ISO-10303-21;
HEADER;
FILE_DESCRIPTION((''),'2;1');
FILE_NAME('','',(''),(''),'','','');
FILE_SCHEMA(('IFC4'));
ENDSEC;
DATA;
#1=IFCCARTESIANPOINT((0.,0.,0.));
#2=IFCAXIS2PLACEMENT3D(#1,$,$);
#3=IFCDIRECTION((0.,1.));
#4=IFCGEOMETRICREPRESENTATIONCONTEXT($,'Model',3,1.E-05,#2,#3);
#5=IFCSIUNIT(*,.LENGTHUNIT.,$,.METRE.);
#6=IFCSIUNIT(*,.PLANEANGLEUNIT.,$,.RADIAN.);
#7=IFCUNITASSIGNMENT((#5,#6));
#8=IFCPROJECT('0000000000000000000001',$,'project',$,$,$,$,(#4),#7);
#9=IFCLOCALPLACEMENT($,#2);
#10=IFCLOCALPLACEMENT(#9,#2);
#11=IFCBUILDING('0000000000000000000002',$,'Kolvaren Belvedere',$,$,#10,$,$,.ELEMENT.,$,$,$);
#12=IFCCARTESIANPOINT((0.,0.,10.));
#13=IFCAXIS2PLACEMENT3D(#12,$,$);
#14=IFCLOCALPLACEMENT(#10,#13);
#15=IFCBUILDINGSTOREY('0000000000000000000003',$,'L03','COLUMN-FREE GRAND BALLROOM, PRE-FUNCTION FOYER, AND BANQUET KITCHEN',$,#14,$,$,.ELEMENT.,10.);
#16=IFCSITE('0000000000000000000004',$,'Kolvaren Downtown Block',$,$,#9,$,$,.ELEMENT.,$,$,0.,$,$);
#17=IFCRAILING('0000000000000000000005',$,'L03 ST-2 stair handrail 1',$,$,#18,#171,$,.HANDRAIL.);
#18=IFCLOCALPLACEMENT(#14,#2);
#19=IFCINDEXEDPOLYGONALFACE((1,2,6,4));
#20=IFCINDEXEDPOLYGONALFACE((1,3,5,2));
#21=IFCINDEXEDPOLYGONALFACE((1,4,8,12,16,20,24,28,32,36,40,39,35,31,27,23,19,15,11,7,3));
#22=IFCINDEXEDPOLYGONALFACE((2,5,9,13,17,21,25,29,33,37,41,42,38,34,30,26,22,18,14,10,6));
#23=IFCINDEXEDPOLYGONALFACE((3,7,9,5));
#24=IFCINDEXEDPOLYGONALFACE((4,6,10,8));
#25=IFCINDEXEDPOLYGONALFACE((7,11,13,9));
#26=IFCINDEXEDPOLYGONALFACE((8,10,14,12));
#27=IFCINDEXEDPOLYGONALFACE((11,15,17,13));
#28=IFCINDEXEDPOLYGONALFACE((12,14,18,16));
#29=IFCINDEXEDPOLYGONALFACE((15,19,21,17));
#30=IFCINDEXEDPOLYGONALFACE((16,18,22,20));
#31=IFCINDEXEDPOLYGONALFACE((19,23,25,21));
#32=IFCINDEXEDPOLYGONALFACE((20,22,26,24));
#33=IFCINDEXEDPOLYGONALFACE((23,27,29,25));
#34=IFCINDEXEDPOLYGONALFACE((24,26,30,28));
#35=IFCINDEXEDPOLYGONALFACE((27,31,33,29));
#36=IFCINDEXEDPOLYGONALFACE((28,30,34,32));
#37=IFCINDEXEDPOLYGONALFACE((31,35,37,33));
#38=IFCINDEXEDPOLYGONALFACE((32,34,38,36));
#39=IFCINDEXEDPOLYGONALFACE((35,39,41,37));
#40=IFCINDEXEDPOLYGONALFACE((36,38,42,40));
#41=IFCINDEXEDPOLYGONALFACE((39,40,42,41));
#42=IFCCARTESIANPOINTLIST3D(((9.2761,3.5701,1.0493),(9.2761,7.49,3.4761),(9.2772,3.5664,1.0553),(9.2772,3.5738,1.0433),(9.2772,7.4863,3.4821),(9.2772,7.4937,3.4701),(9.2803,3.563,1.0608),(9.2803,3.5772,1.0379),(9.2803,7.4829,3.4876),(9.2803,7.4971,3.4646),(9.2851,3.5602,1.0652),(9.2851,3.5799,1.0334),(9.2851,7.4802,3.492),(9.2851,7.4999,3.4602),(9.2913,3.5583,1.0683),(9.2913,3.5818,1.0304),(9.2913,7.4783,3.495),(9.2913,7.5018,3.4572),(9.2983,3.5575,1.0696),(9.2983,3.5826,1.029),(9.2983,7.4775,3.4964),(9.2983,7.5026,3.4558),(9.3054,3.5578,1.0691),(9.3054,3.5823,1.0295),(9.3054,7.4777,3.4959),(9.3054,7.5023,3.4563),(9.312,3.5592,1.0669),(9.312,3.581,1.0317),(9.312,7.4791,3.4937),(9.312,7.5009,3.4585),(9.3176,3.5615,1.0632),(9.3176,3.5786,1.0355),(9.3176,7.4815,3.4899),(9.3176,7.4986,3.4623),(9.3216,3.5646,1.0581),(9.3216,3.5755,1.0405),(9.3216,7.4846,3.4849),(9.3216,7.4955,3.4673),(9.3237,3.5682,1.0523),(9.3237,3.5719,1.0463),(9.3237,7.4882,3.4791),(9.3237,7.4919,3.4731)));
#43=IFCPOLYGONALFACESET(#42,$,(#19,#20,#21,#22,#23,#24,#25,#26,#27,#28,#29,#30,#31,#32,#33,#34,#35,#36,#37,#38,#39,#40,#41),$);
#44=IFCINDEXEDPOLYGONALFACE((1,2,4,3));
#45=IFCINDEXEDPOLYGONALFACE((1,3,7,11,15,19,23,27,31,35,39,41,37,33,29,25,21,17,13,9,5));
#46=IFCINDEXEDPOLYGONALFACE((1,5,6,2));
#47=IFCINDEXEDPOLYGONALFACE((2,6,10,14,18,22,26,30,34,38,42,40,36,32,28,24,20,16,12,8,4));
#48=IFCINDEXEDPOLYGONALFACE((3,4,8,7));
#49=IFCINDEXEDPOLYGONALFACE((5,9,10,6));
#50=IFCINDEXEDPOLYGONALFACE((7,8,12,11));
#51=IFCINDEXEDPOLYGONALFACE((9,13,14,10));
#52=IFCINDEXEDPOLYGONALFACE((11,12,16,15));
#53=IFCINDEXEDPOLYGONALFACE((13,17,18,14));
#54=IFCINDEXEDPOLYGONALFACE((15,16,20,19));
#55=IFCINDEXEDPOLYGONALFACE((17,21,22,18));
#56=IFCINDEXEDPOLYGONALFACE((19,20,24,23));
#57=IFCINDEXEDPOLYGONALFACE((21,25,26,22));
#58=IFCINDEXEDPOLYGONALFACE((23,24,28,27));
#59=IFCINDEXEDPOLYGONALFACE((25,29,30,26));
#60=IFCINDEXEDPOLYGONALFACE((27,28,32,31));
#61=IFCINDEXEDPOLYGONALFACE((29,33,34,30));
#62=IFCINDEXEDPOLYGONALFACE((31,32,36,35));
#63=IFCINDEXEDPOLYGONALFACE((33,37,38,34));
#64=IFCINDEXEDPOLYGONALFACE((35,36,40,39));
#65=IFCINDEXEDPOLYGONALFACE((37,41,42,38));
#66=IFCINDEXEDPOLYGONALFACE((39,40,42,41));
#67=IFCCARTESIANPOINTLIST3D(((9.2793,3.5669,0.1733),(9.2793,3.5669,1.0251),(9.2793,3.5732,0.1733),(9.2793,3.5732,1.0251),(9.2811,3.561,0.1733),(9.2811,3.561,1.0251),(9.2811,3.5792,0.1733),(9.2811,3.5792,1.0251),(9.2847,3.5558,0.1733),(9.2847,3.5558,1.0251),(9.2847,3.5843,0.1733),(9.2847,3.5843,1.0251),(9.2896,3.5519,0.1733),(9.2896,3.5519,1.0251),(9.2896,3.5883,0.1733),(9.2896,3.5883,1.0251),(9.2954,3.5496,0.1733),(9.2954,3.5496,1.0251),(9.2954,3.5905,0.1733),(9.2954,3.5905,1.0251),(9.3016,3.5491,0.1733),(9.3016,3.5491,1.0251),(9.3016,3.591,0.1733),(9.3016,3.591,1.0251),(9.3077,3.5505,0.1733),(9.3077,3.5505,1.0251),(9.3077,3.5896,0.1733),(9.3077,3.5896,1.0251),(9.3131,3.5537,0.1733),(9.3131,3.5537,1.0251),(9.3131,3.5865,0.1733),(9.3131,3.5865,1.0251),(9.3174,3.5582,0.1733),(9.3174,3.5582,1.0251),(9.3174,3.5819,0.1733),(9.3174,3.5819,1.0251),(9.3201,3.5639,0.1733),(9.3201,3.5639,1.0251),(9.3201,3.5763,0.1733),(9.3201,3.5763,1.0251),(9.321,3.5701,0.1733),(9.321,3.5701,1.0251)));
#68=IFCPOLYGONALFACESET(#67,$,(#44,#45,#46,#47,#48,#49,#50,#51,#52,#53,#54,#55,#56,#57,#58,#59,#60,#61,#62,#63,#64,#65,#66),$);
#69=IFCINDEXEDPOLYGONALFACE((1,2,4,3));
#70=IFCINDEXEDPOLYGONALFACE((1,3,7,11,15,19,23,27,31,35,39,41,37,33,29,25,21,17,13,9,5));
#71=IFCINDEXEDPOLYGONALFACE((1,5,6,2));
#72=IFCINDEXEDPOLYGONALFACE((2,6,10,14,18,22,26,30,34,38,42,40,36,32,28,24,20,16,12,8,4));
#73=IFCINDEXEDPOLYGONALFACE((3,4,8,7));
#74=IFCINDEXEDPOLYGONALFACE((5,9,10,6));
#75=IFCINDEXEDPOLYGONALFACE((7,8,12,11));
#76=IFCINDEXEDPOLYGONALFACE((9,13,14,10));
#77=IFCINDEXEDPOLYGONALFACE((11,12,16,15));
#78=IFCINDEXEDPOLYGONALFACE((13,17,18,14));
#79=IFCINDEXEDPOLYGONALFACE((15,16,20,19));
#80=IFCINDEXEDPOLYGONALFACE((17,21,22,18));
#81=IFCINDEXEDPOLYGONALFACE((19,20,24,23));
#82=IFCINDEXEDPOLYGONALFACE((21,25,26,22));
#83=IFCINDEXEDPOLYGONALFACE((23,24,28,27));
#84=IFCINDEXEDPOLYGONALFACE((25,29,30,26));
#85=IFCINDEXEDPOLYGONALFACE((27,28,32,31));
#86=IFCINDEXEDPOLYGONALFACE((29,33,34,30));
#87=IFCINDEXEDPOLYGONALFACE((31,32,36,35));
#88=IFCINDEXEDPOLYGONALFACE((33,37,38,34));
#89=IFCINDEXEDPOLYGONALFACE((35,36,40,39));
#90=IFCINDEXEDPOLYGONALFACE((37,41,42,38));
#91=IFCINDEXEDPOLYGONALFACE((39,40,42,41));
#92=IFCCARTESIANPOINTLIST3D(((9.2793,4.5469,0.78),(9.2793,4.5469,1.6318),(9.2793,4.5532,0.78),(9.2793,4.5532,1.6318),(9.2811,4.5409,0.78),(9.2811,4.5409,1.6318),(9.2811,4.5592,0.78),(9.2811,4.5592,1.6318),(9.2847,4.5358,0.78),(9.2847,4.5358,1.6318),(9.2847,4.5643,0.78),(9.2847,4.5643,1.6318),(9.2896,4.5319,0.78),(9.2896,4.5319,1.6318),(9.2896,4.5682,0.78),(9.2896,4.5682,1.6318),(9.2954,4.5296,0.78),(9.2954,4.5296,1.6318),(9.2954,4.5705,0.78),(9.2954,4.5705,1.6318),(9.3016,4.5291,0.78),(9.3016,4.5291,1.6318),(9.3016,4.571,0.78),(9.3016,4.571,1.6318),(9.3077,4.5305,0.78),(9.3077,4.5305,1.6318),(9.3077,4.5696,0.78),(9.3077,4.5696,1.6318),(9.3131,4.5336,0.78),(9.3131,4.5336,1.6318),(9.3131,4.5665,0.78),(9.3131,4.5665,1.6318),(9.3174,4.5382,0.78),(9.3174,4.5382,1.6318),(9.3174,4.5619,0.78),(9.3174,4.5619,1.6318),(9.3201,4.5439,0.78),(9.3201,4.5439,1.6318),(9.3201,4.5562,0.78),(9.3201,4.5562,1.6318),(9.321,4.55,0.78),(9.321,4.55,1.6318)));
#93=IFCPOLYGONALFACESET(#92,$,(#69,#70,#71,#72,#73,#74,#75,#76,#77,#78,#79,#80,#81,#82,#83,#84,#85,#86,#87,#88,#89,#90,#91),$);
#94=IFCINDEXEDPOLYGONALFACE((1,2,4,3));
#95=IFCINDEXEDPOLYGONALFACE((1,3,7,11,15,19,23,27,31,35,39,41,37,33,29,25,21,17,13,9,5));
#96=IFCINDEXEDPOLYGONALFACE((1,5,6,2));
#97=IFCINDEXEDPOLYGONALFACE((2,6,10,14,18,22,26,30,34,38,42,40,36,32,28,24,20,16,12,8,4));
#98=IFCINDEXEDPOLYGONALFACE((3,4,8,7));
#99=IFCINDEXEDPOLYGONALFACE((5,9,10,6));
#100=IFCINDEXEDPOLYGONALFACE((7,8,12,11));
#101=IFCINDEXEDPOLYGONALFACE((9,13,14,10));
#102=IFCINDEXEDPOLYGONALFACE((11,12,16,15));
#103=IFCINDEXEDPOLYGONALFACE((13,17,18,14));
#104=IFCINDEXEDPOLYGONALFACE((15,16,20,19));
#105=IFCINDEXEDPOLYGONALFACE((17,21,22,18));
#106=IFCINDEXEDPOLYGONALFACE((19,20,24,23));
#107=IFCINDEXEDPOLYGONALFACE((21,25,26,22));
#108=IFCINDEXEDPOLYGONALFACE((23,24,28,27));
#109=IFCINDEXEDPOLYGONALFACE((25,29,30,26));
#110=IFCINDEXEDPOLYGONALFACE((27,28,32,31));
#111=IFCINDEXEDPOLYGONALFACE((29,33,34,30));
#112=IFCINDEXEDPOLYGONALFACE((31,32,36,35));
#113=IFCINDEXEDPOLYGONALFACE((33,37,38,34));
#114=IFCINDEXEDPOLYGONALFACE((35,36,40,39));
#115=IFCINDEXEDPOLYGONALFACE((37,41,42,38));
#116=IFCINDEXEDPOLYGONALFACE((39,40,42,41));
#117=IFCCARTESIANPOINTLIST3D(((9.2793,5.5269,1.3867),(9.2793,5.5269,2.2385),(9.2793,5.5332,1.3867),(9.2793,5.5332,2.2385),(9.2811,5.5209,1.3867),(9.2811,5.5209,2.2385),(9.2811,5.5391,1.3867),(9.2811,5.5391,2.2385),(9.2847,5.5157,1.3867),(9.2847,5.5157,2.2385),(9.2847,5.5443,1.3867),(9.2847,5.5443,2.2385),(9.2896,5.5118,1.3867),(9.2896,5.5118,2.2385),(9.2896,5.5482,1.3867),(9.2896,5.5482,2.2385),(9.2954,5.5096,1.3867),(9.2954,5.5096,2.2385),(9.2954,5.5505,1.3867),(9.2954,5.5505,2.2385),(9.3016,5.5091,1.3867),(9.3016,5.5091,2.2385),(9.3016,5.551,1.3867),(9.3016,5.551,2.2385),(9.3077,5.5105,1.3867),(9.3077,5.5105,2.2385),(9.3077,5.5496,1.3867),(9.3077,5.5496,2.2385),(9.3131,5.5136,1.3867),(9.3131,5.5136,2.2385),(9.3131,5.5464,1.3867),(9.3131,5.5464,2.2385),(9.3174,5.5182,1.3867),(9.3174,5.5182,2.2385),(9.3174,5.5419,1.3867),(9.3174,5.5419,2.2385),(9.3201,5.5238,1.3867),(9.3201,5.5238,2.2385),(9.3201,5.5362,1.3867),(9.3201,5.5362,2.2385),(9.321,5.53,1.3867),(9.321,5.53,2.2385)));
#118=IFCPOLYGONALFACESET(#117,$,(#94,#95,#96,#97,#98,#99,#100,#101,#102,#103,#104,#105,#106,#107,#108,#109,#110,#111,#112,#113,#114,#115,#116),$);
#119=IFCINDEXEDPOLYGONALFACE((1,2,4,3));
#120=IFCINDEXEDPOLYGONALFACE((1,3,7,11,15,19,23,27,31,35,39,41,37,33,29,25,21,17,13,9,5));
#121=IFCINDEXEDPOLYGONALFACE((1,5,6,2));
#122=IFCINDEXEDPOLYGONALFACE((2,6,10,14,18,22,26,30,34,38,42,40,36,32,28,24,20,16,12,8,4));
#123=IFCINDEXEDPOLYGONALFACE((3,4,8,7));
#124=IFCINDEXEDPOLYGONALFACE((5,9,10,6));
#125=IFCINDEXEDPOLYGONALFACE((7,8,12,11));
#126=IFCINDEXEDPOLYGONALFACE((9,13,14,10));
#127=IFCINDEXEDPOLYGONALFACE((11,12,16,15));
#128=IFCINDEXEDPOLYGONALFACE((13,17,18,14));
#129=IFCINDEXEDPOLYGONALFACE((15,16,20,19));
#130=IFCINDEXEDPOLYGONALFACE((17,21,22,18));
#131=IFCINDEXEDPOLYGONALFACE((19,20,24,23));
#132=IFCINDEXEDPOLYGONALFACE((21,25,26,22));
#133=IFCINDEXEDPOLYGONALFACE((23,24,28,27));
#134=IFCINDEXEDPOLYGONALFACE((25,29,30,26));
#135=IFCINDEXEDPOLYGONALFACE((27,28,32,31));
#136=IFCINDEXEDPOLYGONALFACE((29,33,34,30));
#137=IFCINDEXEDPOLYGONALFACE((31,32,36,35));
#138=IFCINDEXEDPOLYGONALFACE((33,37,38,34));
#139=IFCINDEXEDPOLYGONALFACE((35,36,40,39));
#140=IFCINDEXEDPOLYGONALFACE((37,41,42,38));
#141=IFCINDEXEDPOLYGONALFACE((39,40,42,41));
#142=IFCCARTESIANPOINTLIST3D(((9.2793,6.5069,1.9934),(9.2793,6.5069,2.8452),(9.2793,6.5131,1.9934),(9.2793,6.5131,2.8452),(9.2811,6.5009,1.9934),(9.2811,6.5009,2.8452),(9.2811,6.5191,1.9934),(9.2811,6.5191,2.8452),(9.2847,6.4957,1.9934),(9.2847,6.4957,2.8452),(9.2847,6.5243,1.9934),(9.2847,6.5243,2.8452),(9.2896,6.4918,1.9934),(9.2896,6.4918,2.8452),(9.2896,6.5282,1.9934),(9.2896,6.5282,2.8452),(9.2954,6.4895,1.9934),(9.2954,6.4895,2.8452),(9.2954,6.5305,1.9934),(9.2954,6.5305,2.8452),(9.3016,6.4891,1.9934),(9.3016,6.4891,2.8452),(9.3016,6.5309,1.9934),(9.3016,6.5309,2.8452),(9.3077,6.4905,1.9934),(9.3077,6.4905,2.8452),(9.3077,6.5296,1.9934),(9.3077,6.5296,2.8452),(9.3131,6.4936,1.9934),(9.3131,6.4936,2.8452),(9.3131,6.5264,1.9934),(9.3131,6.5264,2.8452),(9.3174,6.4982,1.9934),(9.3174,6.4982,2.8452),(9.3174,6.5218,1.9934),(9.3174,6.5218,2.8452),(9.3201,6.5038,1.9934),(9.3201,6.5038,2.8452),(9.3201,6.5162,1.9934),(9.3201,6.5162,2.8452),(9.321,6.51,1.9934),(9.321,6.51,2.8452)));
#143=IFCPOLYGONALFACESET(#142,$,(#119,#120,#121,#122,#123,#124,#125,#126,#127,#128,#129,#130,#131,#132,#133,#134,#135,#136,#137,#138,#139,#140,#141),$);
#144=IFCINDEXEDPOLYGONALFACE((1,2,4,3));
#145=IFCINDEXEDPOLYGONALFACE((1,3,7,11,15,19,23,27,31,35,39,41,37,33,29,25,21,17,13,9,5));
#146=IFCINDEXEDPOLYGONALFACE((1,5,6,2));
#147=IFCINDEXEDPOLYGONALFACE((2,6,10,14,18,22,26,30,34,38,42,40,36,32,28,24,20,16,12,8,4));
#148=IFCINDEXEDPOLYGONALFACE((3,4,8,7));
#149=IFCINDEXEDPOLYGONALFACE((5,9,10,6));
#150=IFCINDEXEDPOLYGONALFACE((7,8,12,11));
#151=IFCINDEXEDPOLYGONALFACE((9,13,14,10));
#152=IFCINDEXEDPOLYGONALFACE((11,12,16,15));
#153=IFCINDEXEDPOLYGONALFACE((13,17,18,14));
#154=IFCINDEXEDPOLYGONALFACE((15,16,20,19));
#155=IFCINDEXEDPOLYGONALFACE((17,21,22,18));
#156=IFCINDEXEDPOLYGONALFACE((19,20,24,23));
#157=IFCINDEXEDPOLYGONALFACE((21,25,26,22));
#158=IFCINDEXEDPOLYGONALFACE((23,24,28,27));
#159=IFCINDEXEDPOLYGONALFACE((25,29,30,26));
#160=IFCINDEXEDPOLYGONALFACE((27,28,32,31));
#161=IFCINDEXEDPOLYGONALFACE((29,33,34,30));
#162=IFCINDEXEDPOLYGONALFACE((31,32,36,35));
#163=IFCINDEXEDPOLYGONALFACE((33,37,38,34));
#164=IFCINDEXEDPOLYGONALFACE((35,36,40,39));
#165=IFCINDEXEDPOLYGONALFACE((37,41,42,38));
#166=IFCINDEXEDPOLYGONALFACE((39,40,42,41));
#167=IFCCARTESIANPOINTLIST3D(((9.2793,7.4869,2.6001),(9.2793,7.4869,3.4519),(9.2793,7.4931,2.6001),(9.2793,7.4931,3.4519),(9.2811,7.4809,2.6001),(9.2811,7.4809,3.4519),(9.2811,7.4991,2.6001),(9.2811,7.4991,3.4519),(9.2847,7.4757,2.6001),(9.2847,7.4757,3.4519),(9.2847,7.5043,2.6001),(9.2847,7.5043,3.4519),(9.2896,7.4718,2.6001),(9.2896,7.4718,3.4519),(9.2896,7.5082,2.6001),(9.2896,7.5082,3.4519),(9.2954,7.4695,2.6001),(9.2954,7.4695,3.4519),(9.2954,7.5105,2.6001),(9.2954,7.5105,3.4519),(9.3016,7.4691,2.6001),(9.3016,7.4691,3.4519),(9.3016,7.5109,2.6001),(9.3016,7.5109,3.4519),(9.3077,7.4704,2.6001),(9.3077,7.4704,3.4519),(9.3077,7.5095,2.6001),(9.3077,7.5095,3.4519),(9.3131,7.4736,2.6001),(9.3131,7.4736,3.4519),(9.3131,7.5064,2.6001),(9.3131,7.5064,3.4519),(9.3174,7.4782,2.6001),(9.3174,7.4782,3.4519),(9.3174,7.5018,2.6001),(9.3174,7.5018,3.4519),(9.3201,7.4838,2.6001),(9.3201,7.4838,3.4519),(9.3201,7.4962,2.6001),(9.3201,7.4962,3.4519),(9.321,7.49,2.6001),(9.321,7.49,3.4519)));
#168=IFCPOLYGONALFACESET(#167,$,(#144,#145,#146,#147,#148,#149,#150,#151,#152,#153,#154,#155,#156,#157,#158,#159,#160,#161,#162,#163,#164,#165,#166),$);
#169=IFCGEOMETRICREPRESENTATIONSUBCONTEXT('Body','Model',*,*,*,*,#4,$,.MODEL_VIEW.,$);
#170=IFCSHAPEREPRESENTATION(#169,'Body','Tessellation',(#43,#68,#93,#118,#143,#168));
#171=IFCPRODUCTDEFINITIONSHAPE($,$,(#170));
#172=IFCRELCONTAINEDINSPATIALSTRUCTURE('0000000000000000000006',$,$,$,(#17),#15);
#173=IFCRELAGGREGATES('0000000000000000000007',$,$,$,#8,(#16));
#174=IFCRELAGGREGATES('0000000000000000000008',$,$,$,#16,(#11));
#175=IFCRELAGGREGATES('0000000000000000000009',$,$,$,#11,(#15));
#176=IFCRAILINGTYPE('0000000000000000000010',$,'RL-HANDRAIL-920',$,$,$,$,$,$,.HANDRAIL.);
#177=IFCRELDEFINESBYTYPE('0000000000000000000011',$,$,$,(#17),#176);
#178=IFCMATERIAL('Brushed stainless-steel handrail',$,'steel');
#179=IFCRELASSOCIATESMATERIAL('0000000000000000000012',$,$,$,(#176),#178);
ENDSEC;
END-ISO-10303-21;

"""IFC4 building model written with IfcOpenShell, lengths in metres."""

from ifc_helpers import new_model, si_unit, direction, frame, origin, origin_2d, place, context, subcontext, project, spatial, circle, extrude, material, type_object, element, save


model = new_model("IFC4")

# Units and contexts
model_context = context("Model", 3, precision=1e-05, world=origin(), true_north=direction((0.0, 1.0)))
body_context = subcontext(model_context, "Body", "Model", "MODEL_VIEW")
ifc_project = project(units=[si_unit("LENGTHUNIT", "METRE"), si_unit("PLANEANGLEUNIT", "RADIAN")], contexts=[model_context])

# Site, building, storey
site_placement = place(None, origin())
site = spatial("IfcSite", under=ifc_project, at=site_placement, Name="Kolvaren Downtown Block", CompositionType="ELEMENT", RefElevation=0.0)
building_placement = place(site_placement, origin())
building = spatial("IfcBuilding", under=site, at=building_placement, Name="Kolvaren Belvedere", CompositionType="ELEMENT")
storey_placement = place(building_placement, frame((0.0, 0.0, 10.0)))
storey = spatial("IfcBuildingStorey", under=building, at=storey_placement, Name="L03", Description="COLUMN-FREE GRAND BALLROOM, PRE-FUNCTION FOYER, AND BANQUET KITCHEN", CompositionType="ELEMENT", Elevation=10.0)

# Railing
ifc_material_1 = material(Name="Brushed stainless-steel handrail", Category="steel")
railing_type_1 = type_object("IfcRailingType", Name="RL-HANDRAIL-920", PredefinedType="HANDRAIL", material=ifc_material_1)
railing_1_placement = place(storey_placement, frame((9.3, 3.5701, 0.1733)))
element("IfcRailing", 1, at=railing_1_placement, inside=storey, type_object=railing_type_1, Name="L03 ST-2 stair handrail 1", PredefinedType="HANDRAIL", context=body_context, shape_type="SweptSolid", body=[
    extrude(circle(Radius=0.0239, at=origin_2d()), frame((0.0, 0.0, 0.876), z_axis=(0.0, 0.850252, 0.526376), x_axis=(-1.0, 0.0, 0.0)), (0.0, 0.0, 1.0), 4.6104),
    extrude(circle(Radius=0.021, at=origin_2d()), origin(), (0.0, 0.0, 1.0), 0.8518),
    extrude(circle(Radius=0.021, at=origin_2d()), frame((0.0, 0.98, 0.6067)), (0.0, 0.0, 1.0), 0.8518),
    extrude(circle(Radius=0.021, at=origin_2d()), frame((0.0, 1.96, 1.2134)), (0.0, 0.0, 1.0), 0.8518),
    extrude(circle(Radius=0.021, at=origin_2d()), frame((0.0, 2.9399, 1.8201)), (0.0, 0.0, 1.0), 0.8518),
    extrude(circle(Radius=0.021, at=origin_2d()), frame((0.0, 3.9199, 2.4268)), (0.0, 0.0, 1.0), 0.8518),
])

save(model, "model.ifc")
